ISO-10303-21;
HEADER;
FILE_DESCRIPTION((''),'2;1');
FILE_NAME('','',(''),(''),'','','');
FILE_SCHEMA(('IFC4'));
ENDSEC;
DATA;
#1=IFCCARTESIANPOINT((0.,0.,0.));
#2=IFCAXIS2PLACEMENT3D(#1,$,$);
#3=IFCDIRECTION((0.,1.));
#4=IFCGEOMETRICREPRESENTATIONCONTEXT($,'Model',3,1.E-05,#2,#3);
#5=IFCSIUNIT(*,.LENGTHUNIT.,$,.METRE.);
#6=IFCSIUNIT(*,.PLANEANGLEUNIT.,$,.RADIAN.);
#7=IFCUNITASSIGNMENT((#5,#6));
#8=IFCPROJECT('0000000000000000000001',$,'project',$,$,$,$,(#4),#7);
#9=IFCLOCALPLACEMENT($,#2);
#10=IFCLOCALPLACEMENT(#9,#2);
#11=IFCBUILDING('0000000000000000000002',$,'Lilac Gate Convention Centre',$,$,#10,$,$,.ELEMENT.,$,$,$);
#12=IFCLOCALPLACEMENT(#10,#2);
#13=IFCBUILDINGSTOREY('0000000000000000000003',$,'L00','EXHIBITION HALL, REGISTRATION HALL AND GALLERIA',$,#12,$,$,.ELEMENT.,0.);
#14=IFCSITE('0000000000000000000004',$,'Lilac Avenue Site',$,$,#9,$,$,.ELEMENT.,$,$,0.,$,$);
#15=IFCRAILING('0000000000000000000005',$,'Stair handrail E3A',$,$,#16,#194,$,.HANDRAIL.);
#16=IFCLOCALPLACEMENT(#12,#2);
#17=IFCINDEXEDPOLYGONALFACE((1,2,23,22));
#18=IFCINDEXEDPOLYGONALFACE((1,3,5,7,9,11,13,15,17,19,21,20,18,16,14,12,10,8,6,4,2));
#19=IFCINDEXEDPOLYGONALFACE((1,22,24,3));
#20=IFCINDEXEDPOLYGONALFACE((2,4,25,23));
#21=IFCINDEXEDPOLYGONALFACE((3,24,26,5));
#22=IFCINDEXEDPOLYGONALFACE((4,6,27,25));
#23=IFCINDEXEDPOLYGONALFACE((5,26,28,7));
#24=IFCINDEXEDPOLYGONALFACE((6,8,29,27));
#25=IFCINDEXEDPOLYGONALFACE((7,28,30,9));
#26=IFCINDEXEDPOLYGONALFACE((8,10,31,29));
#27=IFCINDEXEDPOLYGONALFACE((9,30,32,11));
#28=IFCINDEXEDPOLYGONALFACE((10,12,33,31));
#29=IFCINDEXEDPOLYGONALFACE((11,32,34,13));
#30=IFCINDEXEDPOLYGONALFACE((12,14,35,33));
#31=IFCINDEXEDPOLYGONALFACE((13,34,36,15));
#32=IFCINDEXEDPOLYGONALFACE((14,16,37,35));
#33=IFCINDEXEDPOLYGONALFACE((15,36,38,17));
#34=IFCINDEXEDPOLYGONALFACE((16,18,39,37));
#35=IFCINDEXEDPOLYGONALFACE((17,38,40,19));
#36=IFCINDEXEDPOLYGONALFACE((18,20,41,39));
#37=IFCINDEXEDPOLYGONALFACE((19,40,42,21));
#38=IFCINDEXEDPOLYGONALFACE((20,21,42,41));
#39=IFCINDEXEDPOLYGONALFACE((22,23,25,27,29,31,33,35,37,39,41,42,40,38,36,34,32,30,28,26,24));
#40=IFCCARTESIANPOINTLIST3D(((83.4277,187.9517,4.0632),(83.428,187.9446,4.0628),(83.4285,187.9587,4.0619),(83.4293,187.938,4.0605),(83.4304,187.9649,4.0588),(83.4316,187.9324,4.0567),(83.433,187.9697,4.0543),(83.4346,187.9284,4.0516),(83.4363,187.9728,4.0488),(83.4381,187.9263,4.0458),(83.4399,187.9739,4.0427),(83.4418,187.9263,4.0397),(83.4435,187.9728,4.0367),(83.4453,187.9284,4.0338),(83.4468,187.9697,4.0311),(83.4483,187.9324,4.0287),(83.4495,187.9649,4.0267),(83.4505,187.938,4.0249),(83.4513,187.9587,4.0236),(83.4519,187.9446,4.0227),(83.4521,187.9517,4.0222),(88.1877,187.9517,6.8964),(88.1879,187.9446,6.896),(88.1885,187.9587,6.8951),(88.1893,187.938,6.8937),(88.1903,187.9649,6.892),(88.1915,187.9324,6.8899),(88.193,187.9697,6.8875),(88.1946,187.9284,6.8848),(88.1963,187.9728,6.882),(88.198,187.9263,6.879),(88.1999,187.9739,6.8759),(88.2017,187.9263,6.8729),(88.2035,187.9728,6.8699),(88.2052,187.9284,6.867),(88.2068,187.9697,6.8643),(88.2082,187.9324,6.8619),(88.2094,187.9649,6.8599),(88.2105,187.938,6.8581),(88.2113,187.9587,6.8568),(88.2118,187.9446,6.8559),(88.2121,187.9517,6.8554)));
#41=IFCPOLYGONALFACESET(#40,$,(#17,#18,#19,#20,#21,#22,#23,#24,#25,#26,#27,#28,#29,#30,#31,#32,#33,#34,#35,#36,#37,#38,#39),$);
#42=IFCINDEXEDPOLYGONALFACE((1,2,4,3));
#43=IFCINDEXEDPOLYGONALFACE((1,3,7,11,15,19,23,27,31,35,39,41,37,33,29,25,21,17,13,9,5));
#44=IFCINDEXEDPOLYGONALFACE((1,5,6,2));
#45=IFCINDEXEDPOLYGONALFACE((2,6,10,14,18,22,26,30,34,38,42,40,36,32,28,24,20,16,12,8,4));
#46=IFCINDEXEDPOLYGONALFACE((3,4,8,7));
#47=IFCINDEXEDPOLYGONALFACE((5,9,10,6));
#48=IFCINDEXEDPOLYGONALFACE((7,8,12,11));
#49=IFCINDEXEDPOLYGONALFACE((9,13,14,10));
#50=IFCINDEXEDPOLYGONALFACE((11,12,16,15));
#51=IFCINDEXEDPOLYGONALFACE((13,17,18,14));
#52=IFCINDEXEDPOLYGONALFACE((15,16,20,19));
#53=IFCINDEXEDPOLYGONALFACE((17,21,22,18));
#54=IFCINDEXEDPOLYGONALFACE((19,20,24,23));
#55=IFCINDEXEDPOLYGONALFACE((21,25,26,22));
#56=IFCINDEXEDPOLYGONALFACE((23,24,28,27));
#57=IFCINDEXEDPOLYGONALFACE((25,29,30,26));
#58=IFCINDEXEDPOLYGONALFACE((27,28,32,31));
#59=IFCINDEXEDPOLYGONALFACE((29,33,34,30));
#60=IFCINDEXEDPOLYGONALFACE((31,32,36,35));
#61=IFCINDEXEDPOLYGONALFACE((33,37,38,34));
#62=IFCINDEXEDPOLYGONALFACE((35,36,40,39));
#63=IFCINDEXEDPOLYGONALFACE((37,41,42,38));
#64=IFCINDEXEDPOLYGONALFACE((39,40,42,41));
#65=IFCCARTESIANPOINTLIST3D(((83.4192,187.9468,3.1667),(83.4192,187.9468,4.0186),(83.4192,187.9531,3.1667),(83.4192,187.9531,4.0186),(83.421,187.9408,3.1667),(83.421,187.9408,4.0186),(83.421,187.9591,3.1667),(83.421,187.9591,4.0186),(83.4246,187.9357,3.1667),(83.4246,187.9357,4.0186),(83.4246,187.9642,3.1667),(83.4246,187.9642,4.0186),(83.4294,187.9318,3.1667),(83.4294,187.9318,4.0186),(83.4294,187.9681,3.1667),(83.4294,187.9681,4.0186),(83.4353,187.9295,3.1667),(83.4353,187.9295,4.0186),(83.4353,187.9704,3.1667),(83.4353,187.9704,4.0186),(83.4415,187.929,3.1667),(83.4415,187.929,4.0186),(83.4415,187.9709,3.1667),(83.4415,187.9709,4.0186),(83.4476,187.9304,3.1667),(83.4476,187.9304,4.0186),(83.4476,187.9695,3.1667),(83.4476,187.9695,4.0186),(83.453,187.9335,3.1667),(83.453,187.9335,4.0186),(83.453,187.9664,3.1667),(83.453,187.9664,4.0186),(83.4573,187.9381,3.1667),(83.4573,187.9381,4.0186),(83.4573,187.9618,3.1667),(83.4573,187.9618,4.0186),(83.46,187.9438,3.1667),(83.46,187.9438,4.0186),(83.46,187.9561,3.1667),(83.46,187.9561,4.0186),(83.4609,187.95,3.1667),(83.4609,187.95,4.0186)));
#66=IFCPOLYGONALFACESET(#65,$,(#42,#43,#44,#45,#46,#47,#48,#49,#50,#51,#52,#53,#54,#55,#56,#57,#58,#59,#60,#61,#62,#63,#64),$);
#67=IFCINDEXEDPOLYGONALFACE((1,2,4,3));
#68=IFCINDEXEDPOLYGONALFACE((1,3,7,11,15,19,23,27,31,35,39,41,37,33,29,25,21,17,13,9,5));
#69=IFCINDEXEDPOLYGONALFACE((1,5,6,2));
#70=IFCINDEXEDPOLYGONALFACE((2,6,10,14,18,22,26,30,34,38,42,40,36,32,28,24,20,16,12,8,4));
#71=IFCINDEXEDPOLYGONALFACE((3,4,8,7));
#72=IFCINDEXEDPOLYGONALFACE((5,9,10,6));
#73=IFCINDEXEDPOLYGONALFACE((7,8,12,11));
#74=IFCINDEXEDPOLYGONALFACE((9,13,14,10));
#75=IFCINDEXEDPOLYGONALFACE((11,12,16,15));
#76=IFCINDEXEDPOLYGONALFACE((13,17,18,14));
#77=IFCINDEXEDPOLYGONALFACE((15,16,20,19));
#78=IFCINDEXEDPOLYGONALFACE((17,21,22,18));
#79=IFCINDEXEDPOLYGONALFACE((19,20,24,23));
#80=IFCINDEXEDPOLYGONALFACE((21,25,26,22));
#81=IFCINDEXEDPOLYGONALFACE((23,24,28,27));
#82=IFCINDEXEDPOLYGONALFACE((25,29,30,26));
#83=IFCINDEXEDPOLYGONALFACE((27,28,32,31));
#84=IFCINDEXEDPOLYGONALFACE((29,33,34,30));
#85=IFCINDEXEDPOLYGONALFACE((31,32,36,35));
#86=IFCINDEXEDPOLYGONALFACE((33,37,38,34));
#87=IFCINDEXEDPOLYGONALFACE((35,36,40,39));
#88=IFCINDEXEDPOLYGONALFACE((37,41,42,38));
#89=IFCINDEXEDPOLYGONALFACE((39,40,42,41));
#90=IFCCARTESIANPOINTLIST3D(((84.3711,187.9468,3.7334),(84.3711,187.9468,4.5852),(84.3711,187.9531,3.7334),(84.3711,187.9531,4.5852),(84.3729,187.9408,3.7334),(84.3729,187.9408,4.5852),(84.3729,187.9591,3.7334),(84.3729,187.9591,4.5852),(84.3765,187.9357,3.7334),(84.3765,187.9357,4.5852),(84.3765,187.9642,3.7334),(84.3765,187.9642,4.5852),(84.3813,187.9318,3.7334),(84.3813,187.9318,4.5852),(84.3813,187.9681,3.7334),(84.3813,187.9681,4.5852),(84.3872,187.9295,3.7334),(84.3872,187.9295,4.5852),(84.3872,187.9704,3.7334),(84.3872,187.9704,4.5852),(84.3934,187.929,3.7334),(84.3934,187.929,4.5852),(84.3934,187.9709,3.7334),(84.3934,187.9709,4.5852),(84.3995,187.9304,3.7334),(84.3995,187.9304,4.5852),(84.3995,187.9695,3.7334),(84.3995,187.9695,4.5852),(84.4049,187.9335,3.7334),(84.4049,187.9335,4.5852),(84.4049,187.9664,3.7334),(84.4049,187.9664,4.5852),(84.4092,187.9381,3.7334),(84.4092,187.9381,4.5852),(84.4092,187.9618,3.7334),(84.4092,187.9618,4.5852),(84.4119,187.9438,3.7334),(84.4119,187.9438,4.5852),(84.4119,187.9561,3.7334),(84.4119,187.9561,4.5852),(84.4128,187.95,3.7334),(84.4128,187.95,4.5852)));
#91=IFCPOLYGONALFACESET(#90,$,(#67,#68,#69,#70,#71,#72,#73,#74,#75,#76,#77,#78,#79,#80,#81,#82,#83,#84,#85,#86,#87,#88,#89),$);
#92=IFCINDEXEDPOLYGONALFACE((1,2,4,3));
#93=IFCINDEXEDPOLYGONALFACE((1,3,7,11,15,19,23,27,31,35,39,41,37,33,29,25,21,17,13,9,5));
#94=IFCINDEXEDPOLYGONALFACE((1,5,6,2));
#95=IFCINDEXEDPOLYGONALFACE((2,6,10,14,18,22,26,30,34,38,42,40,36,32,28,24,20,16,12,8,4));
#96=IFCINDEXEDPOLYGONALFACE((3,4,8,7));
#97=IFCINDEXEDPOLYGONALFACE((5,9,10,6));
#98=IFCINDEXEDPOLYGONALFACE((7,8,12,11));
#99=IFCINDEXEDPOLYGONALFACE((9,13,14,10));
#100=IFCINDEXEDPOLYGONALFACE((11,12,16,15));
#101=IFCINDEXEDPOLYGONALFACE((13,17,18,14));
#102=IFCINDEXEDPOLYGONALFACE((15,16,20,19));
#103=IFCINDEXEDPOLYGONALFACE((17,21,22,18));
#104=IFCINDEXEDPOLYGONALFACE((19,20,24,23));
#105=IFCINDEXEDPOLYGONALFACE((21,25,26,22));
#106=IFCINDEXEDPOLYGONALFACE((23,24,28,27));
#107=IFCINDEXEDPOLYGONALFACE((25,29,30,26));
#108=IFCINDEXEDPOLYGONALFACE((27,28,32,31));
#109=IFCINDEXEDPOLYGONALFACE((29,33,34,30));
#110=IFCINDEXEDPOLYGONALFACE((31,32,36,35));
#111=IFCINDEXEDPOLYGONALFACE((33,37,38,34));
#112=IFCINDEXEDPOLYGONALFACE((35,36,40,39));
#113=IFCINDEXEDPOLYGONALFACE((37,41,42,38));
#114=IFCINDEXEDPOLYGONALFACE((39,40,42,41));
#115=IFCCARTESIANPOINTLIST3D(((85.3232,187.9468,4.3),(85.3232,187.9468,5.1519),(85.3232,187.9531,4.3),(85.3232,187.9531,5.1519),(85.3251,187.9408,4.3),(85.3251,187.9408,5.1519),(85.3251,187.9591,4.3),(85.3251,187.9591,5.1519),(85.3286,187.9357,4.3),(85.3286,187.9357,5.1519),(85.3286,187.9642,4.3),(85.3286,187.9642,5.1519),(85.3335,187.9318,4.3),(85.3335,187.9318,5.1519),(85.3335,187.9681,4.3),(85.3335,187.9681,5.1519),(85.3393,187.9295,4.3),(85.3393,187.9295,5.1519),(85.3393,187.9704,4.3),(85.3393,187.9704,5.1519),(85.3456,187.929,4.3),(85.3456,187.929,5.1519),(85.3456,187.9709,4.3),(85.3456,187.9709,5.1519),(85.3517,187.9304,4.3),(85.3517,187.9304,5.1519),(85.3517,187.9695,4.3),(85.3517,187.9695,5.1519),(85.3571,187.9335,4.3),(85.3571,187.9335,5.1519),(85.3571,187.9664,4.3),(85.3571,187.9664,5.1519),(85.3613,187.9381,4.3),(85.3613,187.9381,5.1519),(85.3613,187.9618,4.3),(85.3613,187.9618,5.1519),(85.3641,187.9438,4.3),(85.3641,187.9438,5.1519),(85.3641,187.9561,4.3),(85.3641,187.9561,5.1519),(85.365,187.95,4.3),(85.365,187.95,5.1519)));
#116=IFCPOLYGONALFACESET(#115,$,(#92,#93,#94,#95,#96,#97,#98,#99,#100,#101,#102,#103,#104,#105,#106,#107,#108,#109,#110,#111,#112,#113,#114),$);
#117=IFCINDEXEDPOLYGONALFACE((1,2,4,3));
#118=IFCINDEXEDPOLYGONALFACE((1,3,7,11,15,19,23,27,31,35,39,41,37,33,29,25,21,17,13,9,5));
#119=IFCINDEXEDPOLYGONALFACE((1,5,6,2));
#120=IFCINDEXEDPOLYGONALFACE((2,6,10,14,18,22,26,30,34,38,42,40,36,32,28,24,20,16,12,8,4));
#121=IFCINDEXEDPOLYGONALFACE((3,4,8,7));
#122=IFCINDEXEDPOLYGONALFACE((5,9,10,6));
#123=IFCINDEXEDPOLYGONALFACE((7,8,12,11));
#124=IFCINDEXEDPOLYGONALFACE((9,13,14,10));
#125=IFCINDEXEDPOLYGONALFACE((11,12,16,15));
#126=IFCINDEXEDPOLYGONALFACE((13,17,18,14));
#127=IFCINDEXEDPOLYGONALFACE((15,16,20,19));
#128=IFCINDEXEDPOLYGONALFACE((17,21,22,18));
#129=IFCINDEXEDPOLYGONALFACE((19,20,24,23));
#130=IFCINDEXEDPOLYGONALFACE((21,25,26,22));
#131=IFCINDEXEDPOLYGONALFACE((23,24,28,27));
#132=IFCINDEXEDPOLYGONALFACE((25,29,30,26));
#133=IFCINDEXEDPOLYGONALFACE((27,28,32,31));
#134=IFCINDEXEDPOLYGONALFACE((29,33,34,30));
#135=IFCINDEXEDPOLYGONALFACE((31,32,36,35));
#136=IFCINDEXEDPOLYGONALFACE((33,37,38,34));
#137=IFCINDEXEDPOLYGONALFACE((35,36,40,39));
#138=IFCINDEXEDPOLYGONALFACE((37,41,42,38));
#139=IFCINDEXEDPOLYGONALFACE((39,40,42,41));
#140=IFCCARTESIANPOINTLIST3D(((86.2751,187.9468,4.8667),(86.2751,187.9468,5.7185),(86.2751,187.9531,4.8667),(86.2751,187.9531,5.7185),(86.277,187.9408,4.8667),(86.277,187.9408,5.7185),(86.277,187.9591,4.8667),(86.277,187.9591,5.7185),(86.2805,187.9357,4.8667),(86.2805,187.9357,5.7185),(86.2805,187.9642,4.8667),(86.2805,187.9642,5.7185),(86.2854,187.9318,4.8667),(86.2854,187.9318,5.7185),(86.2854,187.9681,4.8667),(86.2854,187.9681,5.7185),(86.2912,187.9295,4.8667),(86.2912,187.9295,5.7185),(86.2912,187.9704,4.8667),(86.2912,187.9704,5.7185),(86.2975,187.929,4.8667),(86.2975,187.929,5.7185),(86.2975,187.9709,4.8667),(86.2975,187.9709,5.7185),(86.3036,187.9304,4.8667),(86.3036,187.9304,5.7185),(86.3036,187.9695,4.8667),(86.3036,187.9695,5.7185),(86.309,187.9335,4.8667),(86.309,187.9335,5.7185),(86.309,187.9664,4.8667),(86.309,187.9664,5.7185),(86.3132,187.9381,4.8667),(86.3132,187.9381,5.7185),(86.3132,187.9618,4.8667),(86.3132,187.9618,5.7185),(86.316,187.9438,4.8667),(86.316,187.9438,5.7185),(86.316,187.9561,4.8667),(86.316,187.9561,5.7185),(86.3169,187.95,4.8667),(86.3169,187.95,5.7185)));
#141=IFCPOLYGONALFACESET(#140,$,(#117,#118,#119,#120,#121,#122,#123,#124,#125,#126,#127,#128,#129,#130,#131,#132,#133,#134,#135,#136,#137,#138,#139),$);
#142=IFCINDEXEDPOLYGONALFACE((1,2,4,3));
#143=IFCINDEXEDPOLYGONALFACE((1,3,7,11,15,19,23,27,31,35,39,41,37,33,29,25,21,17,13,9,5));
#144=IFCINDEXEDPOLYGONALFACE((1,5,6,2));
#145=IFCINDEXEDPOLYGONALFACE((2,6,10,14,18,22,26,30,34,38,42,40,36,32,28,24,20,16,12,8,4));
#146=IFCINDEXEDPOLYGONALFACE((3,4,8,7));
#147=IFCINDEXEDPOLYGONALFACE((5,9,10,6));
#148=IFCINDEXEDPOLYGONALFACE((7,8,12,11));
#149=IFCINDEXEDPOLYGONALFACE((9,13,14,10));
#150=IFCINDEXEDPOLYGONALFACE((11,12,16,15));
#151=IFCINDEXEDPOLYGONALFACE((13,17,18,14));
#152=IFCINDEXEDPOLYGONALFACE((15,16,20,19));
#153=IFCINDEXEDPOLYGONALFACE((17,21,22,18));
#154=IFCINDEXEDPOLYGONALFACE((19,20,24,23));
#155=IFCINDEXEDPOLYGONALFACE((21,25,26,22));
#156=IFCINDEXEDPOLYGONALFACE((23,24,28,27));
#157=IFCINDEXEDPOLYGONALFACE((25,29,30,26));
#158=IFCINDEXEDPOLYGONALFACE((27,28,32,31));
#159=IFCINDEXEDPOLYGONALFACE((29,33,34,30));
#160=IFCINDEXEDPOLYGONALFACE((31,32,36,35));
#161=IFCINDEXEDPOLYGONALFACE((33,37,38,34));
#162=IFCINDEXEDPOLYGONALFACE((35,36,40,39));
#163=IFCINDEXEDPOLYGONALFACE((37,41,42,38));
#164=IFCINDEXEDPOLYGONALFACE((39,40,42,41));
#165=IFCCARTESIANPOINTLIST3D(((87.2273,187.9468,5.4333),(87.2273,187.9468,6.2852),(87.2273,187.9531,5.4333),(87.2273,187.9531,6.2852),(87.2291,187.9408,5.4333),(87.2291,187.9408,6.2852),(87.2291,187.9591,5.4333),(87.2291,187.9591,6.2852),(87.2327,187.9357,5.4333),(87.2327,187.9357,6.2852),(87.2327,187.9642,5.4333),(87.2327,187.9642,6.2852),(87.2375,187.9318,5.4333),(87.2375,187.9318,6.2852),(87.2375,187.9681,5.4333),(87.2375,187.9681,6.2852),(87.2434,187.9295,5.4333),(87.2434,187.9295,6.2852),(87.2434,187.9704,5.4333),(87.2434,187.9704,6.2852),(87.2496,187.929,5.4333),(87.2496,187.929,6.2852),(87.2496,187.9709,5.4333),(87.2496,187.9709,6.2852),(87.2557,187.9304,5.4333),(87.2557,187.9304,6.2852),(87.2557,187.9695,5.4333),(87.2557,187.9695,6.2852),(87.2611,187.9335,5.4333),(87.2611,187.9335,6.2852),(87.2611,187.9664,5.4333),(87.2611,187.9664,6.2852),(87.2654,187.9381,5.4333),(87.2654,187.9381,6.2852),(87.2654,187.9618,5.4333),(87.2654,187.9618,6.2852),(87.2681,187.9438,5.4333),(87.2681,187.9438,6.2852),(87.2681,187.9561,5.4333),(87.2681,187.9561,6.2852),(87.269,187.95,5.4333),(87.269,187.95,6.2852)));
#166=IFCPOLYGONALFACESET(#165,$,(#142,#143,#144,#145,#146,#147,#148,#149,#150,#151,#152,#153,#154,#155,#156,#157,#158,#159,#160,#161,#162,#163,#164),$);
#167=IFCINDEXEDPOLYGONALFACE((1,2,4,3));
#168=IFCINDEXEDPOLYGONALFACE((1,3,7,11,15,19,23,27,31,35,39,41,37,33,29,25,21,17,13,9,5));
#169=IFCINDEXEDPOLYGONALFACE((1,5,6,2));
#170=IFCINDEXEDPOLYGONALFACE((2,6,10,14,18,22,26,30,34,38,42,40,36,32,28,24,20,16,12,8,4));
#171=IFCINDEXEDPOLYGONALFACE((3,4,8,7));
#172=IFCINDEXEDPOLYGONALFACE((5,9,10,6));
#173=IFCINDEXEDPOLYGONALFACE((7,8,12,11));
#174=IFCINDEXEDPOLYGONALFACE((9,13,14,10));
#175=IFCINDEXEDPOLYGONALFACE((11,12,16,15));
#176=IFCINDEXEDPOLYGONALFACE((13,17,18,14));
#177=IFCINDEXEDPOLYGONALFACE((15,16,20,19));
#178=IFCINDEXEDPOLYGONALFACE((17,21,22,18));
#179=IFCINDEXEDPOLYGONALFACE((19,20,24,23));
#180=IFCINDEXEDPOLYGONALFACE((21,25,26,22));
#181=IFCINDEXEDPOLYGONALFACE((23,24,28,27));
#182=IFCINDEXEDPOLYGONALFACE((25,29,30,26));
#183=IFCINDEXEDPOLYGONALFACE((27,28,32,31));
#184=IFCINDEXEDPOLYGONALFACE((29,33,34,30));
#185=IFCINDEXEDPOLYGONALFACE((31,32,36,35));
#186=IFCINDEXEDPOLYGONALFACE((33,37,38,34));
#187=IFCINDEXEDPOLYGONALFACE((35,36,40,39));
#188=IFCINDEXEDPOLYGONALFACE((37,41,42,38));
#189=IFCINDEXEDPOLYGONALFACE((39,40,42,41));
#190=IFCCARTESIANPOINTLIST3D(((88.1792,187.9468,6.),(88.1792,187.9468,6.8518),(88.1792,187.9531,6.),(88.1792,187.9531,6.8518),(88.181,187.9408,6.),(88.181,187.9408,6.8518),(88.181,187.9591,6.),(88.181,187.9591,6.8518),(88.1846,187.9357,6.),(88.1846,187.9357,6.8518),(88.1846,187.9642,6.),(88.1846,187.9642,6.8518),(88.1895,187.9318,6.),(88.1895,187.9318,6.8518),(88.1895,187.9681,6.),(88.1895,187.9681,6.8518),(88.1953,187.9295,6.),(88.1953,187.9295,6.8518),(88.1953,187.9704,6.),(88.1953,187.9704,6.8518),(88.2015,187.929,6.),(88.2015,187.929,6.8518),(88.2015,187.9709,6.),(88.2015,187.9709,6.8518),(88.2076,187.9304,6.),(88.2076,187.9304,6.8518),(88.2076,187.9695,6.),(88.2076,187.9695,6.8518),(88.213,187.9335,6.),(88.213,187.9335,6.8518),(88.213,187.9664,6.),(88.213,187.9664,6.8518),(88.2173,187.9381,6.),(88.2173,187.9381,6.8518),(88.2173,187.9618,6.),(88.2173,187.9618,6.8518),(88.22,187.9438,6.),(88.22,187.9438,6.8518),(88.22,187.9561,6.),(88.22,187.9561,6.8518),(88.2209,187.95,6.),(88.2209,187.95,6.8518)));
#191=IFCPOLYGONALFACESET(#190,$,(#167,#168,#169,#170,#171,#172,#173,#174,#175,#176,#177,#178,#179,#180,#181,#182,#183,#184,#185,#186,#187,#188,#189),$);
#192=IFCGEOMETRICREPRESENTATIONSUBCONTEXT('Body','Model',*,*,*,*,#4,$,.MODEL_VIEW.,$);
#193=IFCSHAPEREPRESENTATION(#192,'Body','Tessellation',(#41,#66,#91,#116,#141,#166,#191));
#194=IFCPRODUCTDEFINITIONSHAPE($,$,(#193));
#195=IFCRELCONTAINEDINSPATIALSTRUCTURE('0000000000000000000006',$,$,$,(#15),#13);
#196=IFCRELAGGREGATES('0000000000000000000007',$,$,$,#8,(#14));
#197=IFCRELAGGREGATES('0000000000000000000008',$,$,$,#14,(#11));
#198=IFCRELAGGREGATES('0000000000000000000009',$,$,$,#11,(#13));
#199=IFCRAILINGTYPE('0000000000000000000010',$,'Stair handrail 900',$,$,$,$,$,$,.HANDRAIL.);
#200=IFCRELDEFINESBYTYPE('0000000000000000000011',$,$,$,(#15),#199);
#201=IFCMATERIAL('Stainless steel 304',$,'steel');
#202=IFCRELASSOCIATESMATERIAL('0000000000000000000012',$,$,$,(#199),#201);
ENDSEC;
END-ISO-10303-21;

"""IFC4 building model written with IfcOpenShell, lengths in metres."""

from ifc_helpers import new_model, si_unit, direction, frame, origin, origin_2d, place, context, subcontext, project, spatial, circle, extrude, material, type_object, element, save


model = new_model("IFC4")

# Units and contexts
model_context = context("Model", 3, precision=1e-05, world=origin(), true_north=direction((0.0, 1.0)))
body_context = subcontext(model_context, "Body", "Model", "MODEL_VIEW")
ifc_project = project(units=[si_unit("LENGTHUNIT", "METRE"), si_unit("PLANEANGLEUNIT", "RADIAN")], contexts=[model_context])

# Site, building, storey
site_placement = place(None, origin())
site = spatial("IfcSite", under=ifc_project, at=site_placement, Name="Lilac Avenue Site", CompositionType="ELEMENT", RefElevation=0.0)
building_placement = place(site_placement, origin())
building = spatial("IfcBuilding", under=site, at=building_placement, Name="Lilac Gate Convention Centre", CompositionType="ELEMENT")
storey_placement = place(building_placement, origin())
storey = spatial("IfcBuildingStorey", under=building, at=storey_placement, Name="L00", Description="EXHIBITION HALL, REGISTRATION HALL AND GALLERIA", CompositionType="ELEMENT", Elevation=0.0)

# Railing
ifc_material_1 = material(Name="Stainless steel 304", Category="steel")
railing_type = type_object("IfcRailingType", Name="Stair handrail 900", PredefinedType="HANDRAIL", material=ifc_material_1)
for number, where, name in (
    (1, (83.4399, 187.95, 3.1667), "Stair handrail E3A"),
):
    element("IfcRailing", number, at=place(storey_placement, frame(where)), inside=storey, type_object=railing_type, Name=name, PredefinedType="HANDRAIL", context=body_context, shape_type="SweptSolid", body=[
        extrude(circle(Radius=0.0239, at=origin_2d()), frame((0.0, 0.0, 0.876), z_axis=(0.8593, 0.0, 0.511472), x_axis=(0.0, 1.0, 0.0)), (0.0, 0.0, 1.0), 5.5393),
        extrude(circle(Radius=0.021, at=origin_2d()), origin(), (0.0, 0.0, 1.0), 0.8518),
        extrude(circle(Radius=0.021, at=origin_2d()), frame((0.9519, 0.0, 0.5667)), (0.0, 0.0, 1.0), 0.8518),
        extrude(circle(Radius=0.021, at=origin_2d()), frame((1.9041, 0.0, 1.1333)), (0.0, 0.0, 1.0), 0.8518),
        extrude(circle(Radius=0.021, at=origin_2d()), frame((2.856, 0.0, 1.7)), (0.0, 0.0, 1.0), 0.8518),
        extrude(circle(Radius=0.021, at=origin_2d()), frame((3.8081, 0.0, 2.2666)), (0.0, 0.0, 1.0), 0.8518),
        extrude(circle(Radius=0.021, at=origin_2d()), frame((4.76, 0.0, 2.8333)), (0.0, 0.0, 1.0), 0.8518),
    ])

save(model, "model.ifc")
